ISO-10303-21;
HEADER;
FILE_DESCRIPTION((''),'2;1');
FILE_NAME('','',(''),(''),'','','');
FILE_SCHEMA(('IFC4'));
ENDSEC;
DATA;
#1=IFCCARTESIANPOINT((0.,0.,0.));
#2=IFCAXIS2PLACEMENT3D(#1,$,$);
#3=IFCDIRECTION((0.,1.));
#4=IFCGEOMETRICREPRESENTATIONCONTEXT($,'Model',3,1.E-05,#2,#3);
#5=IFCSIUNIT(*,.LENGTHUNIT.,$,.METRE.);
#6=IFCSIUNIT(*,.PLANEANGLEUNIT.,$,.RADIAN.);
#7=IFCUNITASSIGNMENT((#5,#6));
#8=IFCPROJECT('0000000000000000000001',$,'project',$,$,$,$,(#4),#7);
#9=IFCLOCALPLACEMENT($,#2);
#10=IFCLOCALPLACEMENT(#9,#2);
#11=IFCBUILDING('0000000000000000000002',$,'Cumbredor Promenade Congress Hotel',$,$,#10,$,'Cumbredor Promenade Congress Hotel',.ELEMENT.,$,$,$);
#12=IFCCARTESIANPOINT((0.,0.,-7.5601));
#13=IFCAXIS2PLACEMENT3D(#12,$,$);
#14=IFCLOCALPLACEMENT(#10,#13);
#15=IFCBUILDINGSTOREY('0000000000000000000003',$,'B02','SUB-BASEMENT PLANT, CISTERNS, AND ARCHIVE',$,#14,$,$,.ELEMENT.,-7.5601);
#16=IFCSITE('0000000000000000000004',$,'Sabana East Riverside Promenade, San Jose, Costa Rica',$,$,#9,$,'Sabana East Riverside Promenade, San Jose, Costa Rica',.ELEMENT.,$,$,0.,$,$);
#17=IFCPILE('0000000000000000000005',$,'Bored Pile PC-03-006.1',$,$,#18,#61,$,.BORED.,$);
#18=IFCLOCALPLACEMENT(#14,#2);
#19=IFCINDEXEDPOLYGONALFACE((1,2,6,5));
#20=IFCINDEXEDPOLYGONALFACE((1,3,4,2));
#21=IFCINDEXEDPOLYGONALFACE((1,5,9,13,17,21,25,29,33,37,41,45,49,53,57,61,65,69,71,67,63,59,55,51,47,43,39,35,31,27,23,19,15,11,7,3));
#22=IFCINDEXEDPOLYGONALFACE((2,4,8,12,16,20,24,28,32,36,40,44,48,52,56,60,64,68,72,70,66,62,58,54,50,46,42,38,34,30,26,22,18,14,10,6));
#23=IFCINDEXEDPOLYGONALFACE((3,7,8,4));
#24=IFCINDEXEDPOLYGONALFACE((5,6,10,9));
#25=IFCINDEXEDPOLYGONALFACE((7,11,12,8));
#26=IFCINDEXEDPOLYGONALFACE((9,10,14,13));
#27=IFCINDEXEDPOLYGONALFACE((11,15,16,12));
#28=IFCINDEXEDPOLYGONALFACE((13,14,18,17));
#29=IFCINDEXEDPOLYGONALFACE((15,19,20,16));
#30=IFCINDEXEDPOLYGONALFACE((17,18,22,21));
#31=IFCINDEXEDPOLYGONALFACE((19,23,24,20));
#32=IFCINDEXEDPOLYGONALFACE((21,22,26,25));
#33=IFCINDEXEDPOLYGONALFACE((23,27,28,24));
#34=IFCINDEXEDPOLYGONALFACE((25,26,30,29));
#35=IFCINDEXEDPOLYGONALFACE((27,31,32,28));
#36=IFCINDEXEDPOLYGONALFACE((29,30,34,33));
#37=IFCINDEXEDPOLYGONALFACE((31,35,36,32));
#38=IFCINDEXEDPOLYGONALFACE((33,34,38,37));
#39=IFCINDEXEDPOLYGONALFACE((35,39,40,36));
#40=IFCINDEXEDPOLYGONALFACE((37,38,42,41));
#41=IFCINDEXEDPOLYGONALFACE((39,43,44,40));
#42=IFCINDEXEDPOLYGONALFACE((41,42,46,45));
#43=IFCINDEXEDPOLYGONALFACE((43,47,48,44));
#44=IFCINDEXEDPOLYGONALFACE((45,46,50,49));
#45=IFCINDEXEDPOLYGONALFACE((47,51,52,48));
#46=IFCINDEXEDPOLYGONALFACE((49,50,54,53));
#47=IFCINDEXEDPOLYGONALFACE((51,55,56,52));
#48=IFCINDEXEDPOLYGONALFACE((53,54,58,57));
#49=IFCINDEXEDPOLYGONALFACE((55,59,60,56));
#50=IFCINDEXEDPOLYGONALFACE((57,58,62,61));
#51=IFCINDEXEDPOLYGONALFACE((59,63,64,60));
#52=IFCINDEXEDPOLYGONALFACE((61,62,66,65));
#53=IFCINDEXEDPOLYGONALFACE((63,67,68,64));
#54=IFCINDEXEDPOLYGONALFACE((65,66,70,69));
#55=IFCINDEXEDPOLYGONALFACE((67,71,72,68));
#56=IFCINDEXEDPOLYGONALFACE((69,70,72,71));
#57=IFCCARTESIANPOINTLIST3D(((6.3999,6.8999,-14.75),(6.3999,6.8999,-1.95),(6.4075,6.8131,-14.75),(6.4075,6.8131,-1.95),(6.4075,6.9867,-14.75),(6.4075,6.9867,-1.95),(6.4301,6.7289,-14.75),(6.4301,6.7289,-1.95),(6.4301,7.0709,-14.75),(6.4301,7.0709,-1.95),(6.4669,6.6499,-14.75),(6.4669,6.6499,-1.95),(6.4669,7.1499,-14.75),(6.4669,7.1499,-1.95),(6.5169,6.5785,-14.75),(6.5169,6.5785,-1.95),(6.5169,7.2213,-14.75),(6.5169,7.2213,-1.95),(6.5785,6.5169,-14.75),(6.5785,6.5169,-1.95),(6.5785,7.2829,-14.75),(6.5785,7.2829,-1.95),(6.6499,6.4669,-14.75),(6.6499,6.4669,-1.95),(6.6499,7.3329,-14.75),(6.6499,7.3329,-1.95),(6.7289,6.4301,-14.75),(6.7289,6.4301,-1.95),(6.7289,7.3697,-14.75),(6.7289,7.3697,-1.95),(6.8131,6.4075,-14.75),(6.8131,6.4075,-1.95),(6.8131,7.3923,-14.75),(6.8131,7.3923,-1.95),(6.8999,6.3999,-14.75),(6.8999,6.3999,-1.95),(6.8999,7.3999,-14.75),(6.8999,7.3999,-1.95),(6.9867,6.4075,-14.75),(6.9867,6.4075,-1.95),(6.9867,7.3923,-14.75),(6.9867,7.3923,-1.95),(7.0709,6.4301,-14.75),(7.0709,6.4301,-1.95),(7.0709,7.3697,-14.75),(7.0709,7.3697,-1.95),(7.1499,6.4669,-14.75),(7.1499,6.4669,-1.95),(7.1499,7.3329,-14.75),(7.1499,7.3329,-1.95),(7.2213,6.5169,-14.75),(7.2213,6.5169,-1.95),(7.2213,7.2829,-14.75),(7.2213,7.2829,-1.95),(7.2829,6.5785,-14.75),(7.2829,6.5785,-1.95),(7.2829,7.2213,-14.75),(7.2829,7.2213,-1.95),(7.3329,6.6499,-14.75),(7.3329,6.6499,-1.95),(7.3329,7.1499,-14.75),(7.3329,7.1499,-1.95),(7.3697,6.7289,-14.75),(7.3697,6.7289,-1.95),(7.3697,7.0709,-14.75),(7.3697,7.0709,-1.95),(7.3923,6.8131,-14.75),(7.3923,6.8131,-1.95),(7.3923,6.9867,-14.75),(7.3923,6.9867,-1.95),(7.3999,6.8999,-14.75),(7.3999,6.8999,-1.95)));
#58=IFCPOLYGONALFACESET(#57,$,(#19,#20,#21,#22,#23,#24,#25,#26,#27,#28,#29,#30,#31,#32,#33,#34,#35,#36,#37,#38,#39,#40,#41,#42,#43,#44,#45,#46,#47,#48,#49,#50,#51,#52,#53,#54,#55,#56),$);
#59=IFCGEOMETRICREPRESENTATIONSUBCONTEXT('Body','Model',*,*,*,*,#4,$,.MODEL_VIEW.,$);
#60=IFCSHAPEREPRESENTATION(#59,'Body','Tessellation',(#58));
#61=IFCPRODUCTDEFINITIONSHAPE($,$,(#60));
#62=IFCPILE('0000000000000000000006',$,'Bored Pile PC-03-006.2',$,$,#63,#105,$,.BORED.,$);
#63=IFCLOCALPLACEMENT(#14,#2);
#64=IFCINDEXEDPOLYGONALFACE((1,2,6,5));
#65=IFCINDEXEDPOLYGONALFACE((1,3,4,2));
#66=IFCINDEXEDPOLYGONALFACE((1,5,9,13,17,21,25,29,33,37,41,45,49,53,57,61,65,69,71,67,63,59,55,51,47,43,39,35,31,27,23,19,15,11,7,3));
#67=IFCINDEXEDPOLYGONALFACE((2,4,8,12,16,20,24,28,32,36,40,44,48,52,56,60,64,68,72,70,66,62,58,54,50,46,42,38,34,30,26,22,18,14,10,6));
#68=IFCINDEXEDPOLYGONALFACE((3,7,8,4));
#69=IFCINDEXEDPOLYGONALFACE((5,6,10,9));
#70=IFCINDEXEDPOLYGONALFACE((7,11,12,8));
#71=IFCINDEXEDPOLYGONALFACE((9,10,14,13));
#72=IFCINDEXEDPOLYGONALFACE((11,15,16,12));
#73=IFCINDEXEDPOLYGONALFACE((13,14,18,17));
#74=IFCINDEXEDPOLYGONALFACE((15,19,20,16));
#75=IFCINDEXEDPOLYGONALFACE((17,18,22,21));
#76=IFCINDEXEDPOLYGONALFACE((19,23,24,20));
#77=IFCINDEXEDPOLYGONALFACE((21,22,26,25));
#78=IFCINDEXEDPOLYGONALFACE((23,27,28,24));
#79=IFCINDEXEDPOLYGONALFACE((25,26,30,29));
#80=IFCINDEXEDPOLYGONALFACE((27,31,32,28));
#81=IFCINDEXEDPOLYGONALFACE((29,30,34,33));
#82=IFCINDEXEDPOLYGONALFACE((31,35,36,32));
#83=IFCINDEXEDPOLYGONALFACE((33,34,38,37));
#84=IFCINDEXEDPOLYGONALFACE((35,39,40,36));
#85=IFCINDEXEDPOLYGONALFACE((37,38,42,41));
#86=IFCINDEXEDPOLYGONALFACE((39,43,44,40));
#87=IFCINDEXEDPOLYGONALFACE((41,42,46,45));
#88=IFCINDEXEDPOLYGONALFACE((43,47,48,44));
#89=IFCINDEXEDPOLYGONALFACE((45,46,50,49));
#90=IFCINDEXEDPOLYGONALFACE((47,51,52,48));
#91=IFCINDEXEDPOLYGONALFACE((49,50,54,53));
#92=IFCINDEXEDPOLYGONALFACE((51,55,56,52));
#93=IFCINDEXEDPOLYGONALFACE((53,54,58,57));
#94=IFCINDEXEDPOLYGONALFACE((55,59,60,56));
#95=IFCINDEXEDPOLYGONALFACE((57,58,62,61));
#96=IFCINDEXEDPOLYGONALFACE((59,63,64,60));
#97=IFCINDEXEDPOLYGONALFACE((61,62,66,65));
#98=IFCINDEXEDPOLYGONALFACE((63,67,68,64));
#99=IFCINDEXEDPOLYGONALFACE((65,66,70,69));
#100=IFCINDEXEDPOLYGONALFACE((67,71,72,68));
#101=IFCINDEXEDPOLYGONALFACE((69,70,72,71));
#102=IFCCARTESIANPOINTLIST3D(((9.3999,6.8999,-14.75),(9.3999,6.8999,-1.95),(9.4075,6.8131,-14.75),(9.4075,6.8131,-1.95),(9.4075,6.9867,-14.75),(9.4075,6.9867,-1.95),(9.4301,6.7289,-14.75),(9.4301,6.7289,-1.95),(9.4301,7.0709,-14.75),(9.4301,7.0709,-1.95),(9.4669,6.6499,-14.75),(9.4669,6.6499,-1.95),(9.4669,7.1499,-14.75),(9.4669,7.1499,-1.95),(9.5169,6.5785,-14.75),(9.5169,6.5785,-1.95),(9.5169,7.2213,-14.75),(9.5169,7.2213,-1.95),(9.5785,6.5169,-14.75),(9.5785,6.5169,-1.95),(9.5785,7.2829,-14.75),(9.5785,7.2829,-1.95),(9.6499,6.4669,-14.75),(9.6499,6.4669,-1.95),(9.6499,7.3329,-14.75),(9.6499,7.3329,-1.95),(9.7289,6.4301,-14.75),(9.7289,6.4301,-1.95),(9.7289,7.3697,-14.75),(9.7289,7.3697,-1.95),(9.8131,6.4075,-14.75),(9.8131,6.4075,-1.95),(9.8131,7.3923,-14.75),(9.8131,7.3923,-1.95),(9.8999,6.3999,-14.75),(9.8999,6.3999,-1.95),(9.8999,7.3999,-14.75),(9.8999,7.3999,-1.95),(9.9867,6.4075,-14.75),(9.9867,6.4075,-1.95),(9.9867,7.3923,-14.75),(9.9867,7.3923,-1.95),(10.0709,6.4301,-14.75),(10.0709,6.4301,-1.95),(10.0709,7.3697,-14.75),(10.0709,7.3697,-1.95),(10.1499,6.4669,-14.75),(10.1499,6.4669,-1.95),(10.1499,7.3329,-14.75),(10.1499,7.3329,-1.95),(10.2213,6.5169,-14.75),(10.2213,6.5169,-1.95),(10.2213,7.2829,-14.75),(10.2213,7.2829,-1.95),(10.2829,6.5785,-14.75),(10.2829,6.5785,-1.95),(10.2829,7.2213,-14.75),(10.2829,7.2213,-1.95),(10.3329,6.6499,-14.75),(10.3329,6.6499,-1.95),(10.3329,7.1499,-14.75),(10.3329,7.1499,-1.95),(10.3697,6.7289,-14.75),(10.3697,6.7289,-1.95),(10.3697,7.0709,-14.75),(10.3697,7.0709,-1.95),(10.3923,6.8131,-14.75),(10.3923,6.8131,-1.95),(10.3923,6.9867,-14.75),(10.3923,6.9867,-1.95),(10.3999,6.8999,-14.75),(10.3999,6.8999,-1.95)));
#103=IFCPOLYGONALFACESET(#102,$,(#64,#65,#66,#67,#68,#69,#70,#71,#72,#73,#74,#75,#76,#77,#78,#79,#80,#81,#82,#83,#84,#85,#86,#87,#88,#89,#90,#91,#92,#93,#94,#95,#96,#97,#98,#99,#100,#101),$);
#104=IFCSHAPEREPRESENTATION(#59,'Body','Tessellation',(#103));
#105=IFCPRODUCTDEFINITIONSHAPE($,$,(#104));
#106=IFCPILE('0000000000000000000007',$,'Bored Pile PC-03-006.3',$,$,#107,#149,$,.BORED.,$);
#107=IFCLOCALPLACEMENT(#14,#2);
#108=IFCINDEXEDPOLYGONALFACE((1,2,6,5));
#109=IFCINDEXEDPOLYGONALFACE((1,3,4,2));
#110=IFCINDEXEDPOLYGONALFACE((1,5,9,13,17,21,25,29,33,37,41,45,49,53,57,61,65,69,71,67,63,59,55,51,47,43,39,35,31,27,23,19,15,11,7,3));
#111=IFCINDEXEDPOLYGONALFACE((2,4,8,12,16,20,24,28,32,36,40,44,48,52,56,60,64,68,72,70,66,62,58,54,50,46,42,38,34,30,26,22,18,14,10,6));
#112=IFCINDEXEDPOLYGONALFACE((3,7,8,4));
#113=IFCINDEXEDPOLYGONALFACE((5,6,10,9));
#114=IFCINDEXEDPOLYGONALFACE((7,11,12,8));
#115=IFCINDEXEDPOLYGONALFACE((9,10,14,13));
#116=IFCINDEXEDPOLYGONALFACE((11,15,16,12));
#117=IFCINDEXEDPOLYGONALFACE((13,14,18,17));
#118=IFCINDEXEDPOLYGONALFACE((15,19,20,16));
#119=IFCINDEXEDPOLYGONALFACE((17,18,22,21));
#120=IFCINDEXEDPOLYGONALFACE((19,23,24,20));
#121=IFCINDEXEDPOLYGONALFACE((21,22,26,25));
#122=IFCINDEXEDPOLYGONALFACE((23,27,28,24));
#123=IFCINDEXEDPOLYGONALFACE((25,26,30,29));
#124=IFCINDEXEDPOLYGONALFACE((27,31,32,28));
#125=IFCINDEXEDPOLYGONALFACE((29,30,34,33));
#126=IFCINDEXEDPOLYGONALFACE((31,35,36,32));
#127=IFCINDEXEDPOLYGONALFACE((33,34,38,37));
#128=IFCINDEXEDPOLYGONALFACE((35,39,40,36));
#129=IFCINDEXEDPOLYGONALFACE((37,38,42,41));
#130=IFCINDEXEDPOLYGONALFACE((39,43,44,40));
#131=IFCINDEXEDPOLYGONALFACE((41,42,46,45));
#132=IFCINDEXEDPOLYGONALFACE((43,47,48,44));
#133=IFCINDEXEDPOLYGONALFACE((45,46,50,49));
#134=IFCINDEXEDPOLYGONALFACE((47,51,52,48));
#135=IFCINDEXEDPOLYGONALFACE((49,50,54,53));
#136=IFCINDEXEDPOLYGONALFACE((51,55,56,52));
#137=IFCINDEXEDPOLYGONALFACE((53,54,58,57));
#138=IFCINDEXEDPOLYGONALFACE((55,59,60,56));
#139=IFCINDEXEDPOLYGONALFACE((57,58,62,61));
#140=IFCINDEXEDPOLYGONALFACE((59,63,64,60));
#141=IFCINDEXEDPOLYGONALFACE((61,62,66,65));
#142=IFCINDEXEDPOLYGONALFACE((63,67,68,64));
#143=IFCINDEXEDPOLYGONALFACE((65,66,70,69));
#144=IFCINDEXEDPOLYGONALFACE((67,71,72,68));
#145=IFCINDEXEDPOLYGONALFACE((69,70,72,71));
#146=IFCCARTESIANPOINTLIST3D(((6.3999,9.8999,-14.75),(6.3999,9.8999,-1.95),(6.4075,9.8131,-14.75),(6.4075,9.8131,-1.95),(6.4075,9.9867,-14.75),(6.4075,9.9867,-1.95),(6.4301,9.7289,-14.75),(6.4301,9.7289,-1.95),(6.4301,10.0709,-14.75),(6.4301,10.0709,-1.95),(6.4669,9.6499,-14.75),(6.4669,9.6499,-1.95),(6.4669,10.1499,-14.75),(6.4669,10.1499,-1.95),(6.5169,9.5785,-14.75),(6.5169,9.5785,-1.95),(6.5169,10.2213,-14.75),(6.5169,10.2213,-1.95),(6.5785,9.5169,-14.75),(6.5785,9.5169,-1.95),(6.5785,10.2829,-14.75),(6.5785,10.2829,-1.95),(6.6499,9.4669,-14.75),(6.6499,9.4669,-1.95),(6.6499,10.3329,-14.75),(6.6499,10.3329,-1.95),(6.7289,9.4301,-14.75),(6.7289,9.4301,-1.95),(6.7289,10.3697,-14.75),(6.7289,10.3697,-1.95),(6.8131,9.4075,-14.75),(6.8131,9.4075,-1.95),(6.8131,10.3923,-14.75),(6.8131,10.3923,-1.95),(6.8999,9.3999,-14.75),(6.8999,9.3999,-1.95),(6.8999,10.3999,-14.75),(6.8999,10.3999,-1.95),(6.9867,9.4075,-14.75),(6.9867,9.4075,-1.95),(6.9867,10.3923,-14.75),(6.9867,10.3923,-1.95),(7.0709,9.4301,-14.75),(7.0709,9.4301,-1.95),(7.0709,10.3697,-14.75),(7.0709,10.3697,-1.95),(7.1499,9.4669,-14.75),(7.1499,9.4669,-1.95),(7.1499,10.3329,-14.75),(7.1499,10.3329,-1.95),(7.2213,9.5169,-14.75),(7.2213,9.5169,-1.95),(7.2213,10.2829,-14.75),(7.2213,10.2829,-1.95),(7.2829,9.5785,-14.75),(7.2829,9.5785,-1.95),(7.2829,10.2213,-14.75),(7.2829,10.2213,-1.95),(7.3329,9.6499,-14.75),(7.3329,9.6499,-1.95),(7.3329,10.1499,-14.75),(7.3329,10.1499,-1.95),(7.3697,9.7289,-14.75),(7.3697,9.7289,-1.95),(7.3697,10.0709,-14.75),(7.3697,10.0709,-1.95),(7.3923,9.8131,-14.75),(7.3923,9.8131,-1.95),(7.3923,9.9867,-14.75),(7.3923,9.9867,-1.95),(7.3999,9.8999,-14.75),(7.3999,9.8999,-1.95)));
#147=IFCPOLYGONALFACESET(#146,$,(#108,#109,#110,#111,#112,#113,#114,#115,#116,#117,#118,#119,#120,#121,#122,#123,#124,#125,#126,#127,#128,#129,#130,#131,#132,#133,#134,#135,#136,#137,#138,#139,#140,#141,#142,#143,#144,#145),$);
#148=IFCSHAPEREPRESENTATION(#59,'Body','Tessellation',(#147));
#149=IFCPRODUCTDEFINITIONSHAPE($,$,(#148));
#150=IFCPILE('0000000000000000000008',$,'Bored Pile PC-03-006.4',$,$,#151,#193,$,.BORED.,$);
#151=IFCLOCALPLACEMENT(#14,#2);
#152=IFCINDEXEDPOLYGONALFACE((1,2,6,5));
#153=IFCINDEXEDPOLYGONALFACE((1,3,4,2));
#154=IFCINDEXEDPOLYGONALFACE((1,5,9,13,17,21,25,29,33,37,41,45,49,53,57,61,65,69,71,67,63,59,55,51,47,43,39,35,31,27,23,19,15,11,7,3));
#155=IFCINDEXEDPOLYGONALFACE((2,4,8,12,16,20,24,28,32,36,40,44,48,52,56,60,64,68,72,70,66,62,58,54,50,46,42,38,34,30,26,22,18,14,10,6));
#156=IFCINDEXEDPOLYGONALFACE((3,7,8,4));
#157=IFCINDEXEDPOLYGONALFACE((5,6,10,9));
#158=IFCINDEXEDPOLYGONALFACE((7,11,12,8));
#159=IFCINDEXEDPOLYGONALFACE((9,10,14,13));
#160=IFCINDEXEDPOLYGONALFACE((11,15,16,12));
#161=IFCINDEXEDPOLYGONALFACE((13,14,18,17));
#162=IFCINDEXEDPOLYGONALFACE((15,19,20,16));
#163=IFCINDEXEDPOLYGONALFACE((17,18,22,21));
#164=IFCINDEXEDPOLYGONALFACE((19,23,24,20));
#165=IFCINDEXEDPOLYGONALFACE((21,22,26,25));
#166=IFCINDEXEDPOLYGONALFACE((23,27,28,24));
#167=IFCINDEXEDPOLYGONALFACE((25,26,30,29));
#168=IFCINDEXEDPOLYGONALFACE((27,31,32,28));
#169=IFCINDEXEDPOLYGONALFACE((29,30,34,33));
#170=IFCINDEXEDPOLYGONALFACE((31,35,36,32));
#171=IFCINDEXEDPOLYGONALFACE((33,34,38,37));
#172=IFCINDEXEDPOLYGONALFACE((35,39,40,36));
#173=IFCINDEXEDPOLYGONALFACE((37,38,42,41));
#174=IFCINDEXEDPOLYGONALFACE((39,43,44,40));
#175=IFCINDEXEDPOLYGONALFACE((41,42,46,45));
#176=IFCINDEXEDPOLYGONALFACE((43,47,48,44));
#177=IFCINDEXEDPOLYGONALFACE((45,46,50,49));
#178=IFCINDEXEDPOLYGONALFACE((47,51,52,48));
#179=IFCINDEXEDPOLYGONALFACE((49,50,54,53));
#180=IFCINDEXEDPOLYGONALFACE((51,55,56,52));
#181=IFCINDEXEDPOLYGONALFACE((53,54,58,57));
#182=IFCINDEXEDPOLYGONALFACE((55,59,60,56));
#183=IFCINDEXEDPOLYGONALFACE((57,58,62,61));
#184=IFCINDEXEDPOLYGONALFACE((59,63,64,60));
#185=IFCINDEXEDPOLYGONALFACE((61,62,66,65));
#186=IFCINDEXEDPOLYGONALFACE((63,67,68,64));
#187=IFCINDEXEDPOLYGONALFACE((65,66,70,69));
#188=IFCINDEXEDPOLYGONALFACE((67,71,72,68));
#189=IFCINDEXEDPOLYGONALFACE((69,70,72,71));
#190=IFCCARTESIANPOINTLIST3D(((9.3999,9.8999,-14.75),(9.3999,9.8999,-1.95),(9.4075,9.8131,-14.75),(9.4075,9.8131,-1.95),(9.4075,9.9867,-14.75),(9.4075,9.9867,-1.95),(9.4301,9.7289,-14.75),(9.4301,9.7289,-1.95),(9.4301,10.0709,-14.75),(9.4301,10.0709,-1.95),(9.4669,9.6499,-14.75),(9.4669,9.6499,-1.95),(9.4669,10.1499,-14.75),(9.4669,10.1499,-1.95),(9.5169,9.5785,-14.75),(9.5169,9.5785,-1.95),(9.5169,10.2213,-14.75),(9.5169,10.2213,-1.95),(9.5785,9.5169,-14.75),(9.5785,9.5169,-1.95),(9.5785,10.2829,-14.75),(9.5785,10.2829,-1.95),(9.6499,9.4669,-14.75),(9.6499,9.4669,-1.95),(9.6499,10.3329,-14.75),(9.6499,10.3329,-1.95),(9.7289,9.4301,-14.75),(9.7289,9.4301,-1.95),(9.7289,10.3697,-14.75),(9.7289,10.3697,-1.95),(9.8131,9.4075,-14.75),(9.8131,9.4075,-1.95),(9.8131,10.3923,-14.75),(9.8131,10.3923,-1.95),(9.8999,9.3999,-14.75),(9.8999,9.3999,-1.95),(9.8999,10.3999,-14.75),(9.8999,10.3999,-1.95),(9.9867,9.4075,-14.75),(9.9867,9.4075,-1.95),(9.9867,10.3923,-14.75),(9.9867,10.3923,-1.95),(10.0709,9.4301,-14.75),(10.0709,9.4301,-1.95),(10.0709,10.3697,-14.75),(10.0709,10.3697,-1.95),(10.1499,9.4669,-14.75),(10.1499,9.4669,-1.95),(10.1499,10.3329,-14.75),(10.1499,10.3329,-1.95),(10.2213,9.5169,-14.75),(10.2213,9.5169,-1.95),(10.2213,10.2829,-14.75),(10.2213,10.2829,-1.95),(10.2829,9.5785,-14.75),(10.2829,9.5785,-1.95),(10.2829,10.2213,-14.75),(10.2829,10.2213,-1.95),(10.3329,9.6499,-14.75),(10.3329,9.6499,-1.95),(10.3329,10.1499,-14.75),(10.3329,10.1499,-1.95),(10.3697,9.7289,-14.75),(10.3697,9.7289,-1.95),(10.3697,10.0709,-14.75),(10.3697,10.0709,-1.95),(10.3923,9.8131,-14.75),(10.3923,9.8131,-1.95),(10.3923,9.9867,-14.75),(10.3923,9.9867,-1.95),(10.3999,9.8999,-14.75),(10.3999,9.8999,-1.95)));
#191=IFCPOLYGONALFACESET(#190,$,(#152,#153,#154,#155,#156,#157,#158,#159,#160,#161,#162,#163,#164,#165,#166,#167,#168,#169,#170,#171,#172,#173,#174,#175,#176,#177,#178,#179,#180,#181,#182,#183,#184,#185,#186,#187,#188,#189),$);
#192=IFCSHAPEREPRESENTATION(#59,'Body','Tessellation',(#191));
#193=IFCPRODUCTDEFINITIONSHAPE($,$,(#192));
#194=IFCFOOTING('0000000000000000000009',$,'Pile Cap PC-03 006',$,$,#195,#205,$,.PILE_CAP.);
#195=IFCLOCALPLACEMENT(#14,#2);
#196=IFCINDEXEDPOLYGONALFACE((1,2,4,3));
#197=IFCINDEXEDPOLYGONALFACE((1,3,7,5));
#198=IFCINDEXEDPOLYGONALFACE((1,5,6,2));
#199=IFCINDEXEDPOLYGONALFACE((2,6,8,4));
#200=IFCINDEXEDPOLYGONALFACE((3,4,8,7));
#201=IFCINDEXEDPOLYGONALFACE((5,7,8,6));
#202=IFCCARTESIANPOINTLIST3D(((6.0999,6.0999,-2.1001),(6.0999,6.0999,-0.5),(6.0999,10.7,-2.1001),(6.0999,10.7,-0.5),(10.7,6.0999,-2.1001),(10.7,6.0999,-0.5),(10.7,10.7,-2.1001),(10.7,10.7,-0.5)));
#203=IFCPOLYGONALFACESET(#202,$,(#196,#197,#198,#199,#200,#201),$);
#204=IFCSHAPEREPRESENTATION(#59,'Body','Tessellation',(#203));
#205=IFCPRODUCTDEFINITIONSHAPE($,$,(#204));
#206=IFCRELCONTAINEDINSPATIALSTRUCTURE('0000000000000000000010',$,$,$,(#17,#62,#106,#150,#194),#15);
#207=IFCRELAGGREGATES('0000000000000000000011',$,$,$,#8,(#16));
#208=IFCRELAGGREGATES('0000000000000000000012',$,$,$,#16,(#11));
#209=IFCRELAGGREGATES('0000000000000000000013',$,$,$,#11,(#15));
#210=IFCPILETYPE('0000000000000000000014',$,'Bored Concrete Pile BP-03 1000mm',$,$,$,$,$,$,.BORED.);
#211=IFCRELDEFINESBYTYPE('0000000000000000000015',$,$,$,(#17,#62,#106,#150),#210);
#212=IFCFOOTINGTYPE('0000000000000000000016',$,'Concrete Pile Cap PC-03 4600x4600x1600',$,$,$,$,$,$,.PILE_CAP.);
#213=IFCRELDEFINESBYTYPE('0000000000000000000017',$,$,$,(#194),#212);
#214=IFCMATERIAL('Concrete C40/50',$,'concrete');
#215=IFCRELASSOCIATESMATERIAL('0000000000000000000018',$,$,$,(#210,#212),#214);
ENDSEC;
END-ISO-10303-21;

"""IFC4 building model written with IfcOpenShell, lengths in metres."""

from ifc_helpers import new_model, si_unit, direction, frame, origin, origin_2d, place, context, subcontext, project, spatial, rectangle, circle, extrude, material, material_profile, profile_set, type_object, element, save


model = new_model("IFC4")

# Units and contexts
model_context = context("Model", 3, precision=1e-05, world=origin(), true_north=direction((0.0, 1.0)))
body_context = subcontext(model_context, "Body", "Model", "MODEL_VIEW")
ifc_project = project(units=[si_unit("LENGTHUNIT", "METRE"), si_unit("PLANEANGLEUNIT", "RADIAN")], contexts=[model_context])

# Site, building, storey
site_placement = place(None, origin())
site = spatial("IfcSite", under=ifc_project, at=site_placement, Name="Sabana East Riverside Promenade, San Jose, Costa Rica", LongName="Sabana East Riverside Promenade, San Jose, Costa Rica", CompositionType="ELEMENT", RefElevation=0.0)
building_placement = place(site_placement, origin())
building = spatial("IfcBuilding", under=site, at=building_placement, Name="Cumbredor Promenade Congress Hotel", LongName="Cumbredor Promenade Congress Hotel", CompositionType="ELEMENT")
storey_placement = place(building_placement, frame((0.0, 0.0, -7.5601)))
storey = spatial("IfcBuildingStorey", under=building, at=storey_placement, Name="B02", Description="SUB-BASEMENT PLANT, CISTERNS, AND ARCHIVE", CompositionType="ELEMENT", Elevation=-7.5601)

# Piles
ifc_material_1 = material(Name="Concrete C40/50", Category="concrete")
ifc_material_profile_1 = material_profile(ifc_material_1, circle(Radius=0.5, at=origin_2d()), Name="PILE D1000")
ifc_profile_set_1 = profile_set([ifc_material_profile_1], Name="Concrete C40/50")
pile_type = type_object("IfcPileType", Name="Bored Concrete Pile BP-03 1000mm", PredefinedType="BORED", material=ifc_profile_set_1)
for number, where, z_axis, x_axis, name in (
    (1, (6.8999, 6.8999, -1.95), (0.0, 0.0, -1.0), (1.0, 0.0, 0.0), "Bored Pile PC-03-006.1"),
    (2, (9.8999, 6.8999, -1.95), (0.0, 0.0, -1.0), (1.0, 0.0, 0.0), "Bored Pile PC-03-006.2"),
    (3, (6.8999, 9.8999, -1.95), (0.0, 0.0, -1.0), (1.0, 0.0, 0.0), "Bored Pile PC-03-006.3"),
    (4, (9.8999, 9.8999, -1.95), (0.0, 0.0, -1.0), (1.0, 0.0, 0.0), "Bored Pile PC-03-006.4"),
):
    element("IfcPile", number, at=place(storey_placement, frame(where, z_axis=z_axis, x_axis=x_axis)), inside=storey, type_object=pile_type, Name=name, PredefinedType="BORED", context=body_context, shape_type="SweptSolid", body=[
        extrude(circle(Radius=0.5, at=origin_2d()), origin(), (0.0, 0.0, 1.0), 12.8),
    ])

# Footing
footing_type_1 = type_object("IfcFootingType", Name="Concrete Pile Cap PC-03 4600x4600x1600", PredefinedType="PILE_CAP", material=ifc_material_1)
footing_1_placement = place(storey_placement, frame((8.3999, 8.3999, -2.1001), z_axis=(0.0, 0.0, 1.0), x_axis=(1.0, 0.0, 0.0)))
element("IfcFooting", 5, at=footing_1_placement, inside=storey, type_object=footing_type_1, Name="Pile Cap PC-03 006", PredefinedType="PILE_CAP", context=body_context, shape_type="SweptSolid", body=[
    extrude(rectangle(XDim=4.6001, YDim=4.6001, at=origin_2d()), origin(), (0.0, 0.0, 1.0), 1.6001),
])

save(model, "model.ifc")
